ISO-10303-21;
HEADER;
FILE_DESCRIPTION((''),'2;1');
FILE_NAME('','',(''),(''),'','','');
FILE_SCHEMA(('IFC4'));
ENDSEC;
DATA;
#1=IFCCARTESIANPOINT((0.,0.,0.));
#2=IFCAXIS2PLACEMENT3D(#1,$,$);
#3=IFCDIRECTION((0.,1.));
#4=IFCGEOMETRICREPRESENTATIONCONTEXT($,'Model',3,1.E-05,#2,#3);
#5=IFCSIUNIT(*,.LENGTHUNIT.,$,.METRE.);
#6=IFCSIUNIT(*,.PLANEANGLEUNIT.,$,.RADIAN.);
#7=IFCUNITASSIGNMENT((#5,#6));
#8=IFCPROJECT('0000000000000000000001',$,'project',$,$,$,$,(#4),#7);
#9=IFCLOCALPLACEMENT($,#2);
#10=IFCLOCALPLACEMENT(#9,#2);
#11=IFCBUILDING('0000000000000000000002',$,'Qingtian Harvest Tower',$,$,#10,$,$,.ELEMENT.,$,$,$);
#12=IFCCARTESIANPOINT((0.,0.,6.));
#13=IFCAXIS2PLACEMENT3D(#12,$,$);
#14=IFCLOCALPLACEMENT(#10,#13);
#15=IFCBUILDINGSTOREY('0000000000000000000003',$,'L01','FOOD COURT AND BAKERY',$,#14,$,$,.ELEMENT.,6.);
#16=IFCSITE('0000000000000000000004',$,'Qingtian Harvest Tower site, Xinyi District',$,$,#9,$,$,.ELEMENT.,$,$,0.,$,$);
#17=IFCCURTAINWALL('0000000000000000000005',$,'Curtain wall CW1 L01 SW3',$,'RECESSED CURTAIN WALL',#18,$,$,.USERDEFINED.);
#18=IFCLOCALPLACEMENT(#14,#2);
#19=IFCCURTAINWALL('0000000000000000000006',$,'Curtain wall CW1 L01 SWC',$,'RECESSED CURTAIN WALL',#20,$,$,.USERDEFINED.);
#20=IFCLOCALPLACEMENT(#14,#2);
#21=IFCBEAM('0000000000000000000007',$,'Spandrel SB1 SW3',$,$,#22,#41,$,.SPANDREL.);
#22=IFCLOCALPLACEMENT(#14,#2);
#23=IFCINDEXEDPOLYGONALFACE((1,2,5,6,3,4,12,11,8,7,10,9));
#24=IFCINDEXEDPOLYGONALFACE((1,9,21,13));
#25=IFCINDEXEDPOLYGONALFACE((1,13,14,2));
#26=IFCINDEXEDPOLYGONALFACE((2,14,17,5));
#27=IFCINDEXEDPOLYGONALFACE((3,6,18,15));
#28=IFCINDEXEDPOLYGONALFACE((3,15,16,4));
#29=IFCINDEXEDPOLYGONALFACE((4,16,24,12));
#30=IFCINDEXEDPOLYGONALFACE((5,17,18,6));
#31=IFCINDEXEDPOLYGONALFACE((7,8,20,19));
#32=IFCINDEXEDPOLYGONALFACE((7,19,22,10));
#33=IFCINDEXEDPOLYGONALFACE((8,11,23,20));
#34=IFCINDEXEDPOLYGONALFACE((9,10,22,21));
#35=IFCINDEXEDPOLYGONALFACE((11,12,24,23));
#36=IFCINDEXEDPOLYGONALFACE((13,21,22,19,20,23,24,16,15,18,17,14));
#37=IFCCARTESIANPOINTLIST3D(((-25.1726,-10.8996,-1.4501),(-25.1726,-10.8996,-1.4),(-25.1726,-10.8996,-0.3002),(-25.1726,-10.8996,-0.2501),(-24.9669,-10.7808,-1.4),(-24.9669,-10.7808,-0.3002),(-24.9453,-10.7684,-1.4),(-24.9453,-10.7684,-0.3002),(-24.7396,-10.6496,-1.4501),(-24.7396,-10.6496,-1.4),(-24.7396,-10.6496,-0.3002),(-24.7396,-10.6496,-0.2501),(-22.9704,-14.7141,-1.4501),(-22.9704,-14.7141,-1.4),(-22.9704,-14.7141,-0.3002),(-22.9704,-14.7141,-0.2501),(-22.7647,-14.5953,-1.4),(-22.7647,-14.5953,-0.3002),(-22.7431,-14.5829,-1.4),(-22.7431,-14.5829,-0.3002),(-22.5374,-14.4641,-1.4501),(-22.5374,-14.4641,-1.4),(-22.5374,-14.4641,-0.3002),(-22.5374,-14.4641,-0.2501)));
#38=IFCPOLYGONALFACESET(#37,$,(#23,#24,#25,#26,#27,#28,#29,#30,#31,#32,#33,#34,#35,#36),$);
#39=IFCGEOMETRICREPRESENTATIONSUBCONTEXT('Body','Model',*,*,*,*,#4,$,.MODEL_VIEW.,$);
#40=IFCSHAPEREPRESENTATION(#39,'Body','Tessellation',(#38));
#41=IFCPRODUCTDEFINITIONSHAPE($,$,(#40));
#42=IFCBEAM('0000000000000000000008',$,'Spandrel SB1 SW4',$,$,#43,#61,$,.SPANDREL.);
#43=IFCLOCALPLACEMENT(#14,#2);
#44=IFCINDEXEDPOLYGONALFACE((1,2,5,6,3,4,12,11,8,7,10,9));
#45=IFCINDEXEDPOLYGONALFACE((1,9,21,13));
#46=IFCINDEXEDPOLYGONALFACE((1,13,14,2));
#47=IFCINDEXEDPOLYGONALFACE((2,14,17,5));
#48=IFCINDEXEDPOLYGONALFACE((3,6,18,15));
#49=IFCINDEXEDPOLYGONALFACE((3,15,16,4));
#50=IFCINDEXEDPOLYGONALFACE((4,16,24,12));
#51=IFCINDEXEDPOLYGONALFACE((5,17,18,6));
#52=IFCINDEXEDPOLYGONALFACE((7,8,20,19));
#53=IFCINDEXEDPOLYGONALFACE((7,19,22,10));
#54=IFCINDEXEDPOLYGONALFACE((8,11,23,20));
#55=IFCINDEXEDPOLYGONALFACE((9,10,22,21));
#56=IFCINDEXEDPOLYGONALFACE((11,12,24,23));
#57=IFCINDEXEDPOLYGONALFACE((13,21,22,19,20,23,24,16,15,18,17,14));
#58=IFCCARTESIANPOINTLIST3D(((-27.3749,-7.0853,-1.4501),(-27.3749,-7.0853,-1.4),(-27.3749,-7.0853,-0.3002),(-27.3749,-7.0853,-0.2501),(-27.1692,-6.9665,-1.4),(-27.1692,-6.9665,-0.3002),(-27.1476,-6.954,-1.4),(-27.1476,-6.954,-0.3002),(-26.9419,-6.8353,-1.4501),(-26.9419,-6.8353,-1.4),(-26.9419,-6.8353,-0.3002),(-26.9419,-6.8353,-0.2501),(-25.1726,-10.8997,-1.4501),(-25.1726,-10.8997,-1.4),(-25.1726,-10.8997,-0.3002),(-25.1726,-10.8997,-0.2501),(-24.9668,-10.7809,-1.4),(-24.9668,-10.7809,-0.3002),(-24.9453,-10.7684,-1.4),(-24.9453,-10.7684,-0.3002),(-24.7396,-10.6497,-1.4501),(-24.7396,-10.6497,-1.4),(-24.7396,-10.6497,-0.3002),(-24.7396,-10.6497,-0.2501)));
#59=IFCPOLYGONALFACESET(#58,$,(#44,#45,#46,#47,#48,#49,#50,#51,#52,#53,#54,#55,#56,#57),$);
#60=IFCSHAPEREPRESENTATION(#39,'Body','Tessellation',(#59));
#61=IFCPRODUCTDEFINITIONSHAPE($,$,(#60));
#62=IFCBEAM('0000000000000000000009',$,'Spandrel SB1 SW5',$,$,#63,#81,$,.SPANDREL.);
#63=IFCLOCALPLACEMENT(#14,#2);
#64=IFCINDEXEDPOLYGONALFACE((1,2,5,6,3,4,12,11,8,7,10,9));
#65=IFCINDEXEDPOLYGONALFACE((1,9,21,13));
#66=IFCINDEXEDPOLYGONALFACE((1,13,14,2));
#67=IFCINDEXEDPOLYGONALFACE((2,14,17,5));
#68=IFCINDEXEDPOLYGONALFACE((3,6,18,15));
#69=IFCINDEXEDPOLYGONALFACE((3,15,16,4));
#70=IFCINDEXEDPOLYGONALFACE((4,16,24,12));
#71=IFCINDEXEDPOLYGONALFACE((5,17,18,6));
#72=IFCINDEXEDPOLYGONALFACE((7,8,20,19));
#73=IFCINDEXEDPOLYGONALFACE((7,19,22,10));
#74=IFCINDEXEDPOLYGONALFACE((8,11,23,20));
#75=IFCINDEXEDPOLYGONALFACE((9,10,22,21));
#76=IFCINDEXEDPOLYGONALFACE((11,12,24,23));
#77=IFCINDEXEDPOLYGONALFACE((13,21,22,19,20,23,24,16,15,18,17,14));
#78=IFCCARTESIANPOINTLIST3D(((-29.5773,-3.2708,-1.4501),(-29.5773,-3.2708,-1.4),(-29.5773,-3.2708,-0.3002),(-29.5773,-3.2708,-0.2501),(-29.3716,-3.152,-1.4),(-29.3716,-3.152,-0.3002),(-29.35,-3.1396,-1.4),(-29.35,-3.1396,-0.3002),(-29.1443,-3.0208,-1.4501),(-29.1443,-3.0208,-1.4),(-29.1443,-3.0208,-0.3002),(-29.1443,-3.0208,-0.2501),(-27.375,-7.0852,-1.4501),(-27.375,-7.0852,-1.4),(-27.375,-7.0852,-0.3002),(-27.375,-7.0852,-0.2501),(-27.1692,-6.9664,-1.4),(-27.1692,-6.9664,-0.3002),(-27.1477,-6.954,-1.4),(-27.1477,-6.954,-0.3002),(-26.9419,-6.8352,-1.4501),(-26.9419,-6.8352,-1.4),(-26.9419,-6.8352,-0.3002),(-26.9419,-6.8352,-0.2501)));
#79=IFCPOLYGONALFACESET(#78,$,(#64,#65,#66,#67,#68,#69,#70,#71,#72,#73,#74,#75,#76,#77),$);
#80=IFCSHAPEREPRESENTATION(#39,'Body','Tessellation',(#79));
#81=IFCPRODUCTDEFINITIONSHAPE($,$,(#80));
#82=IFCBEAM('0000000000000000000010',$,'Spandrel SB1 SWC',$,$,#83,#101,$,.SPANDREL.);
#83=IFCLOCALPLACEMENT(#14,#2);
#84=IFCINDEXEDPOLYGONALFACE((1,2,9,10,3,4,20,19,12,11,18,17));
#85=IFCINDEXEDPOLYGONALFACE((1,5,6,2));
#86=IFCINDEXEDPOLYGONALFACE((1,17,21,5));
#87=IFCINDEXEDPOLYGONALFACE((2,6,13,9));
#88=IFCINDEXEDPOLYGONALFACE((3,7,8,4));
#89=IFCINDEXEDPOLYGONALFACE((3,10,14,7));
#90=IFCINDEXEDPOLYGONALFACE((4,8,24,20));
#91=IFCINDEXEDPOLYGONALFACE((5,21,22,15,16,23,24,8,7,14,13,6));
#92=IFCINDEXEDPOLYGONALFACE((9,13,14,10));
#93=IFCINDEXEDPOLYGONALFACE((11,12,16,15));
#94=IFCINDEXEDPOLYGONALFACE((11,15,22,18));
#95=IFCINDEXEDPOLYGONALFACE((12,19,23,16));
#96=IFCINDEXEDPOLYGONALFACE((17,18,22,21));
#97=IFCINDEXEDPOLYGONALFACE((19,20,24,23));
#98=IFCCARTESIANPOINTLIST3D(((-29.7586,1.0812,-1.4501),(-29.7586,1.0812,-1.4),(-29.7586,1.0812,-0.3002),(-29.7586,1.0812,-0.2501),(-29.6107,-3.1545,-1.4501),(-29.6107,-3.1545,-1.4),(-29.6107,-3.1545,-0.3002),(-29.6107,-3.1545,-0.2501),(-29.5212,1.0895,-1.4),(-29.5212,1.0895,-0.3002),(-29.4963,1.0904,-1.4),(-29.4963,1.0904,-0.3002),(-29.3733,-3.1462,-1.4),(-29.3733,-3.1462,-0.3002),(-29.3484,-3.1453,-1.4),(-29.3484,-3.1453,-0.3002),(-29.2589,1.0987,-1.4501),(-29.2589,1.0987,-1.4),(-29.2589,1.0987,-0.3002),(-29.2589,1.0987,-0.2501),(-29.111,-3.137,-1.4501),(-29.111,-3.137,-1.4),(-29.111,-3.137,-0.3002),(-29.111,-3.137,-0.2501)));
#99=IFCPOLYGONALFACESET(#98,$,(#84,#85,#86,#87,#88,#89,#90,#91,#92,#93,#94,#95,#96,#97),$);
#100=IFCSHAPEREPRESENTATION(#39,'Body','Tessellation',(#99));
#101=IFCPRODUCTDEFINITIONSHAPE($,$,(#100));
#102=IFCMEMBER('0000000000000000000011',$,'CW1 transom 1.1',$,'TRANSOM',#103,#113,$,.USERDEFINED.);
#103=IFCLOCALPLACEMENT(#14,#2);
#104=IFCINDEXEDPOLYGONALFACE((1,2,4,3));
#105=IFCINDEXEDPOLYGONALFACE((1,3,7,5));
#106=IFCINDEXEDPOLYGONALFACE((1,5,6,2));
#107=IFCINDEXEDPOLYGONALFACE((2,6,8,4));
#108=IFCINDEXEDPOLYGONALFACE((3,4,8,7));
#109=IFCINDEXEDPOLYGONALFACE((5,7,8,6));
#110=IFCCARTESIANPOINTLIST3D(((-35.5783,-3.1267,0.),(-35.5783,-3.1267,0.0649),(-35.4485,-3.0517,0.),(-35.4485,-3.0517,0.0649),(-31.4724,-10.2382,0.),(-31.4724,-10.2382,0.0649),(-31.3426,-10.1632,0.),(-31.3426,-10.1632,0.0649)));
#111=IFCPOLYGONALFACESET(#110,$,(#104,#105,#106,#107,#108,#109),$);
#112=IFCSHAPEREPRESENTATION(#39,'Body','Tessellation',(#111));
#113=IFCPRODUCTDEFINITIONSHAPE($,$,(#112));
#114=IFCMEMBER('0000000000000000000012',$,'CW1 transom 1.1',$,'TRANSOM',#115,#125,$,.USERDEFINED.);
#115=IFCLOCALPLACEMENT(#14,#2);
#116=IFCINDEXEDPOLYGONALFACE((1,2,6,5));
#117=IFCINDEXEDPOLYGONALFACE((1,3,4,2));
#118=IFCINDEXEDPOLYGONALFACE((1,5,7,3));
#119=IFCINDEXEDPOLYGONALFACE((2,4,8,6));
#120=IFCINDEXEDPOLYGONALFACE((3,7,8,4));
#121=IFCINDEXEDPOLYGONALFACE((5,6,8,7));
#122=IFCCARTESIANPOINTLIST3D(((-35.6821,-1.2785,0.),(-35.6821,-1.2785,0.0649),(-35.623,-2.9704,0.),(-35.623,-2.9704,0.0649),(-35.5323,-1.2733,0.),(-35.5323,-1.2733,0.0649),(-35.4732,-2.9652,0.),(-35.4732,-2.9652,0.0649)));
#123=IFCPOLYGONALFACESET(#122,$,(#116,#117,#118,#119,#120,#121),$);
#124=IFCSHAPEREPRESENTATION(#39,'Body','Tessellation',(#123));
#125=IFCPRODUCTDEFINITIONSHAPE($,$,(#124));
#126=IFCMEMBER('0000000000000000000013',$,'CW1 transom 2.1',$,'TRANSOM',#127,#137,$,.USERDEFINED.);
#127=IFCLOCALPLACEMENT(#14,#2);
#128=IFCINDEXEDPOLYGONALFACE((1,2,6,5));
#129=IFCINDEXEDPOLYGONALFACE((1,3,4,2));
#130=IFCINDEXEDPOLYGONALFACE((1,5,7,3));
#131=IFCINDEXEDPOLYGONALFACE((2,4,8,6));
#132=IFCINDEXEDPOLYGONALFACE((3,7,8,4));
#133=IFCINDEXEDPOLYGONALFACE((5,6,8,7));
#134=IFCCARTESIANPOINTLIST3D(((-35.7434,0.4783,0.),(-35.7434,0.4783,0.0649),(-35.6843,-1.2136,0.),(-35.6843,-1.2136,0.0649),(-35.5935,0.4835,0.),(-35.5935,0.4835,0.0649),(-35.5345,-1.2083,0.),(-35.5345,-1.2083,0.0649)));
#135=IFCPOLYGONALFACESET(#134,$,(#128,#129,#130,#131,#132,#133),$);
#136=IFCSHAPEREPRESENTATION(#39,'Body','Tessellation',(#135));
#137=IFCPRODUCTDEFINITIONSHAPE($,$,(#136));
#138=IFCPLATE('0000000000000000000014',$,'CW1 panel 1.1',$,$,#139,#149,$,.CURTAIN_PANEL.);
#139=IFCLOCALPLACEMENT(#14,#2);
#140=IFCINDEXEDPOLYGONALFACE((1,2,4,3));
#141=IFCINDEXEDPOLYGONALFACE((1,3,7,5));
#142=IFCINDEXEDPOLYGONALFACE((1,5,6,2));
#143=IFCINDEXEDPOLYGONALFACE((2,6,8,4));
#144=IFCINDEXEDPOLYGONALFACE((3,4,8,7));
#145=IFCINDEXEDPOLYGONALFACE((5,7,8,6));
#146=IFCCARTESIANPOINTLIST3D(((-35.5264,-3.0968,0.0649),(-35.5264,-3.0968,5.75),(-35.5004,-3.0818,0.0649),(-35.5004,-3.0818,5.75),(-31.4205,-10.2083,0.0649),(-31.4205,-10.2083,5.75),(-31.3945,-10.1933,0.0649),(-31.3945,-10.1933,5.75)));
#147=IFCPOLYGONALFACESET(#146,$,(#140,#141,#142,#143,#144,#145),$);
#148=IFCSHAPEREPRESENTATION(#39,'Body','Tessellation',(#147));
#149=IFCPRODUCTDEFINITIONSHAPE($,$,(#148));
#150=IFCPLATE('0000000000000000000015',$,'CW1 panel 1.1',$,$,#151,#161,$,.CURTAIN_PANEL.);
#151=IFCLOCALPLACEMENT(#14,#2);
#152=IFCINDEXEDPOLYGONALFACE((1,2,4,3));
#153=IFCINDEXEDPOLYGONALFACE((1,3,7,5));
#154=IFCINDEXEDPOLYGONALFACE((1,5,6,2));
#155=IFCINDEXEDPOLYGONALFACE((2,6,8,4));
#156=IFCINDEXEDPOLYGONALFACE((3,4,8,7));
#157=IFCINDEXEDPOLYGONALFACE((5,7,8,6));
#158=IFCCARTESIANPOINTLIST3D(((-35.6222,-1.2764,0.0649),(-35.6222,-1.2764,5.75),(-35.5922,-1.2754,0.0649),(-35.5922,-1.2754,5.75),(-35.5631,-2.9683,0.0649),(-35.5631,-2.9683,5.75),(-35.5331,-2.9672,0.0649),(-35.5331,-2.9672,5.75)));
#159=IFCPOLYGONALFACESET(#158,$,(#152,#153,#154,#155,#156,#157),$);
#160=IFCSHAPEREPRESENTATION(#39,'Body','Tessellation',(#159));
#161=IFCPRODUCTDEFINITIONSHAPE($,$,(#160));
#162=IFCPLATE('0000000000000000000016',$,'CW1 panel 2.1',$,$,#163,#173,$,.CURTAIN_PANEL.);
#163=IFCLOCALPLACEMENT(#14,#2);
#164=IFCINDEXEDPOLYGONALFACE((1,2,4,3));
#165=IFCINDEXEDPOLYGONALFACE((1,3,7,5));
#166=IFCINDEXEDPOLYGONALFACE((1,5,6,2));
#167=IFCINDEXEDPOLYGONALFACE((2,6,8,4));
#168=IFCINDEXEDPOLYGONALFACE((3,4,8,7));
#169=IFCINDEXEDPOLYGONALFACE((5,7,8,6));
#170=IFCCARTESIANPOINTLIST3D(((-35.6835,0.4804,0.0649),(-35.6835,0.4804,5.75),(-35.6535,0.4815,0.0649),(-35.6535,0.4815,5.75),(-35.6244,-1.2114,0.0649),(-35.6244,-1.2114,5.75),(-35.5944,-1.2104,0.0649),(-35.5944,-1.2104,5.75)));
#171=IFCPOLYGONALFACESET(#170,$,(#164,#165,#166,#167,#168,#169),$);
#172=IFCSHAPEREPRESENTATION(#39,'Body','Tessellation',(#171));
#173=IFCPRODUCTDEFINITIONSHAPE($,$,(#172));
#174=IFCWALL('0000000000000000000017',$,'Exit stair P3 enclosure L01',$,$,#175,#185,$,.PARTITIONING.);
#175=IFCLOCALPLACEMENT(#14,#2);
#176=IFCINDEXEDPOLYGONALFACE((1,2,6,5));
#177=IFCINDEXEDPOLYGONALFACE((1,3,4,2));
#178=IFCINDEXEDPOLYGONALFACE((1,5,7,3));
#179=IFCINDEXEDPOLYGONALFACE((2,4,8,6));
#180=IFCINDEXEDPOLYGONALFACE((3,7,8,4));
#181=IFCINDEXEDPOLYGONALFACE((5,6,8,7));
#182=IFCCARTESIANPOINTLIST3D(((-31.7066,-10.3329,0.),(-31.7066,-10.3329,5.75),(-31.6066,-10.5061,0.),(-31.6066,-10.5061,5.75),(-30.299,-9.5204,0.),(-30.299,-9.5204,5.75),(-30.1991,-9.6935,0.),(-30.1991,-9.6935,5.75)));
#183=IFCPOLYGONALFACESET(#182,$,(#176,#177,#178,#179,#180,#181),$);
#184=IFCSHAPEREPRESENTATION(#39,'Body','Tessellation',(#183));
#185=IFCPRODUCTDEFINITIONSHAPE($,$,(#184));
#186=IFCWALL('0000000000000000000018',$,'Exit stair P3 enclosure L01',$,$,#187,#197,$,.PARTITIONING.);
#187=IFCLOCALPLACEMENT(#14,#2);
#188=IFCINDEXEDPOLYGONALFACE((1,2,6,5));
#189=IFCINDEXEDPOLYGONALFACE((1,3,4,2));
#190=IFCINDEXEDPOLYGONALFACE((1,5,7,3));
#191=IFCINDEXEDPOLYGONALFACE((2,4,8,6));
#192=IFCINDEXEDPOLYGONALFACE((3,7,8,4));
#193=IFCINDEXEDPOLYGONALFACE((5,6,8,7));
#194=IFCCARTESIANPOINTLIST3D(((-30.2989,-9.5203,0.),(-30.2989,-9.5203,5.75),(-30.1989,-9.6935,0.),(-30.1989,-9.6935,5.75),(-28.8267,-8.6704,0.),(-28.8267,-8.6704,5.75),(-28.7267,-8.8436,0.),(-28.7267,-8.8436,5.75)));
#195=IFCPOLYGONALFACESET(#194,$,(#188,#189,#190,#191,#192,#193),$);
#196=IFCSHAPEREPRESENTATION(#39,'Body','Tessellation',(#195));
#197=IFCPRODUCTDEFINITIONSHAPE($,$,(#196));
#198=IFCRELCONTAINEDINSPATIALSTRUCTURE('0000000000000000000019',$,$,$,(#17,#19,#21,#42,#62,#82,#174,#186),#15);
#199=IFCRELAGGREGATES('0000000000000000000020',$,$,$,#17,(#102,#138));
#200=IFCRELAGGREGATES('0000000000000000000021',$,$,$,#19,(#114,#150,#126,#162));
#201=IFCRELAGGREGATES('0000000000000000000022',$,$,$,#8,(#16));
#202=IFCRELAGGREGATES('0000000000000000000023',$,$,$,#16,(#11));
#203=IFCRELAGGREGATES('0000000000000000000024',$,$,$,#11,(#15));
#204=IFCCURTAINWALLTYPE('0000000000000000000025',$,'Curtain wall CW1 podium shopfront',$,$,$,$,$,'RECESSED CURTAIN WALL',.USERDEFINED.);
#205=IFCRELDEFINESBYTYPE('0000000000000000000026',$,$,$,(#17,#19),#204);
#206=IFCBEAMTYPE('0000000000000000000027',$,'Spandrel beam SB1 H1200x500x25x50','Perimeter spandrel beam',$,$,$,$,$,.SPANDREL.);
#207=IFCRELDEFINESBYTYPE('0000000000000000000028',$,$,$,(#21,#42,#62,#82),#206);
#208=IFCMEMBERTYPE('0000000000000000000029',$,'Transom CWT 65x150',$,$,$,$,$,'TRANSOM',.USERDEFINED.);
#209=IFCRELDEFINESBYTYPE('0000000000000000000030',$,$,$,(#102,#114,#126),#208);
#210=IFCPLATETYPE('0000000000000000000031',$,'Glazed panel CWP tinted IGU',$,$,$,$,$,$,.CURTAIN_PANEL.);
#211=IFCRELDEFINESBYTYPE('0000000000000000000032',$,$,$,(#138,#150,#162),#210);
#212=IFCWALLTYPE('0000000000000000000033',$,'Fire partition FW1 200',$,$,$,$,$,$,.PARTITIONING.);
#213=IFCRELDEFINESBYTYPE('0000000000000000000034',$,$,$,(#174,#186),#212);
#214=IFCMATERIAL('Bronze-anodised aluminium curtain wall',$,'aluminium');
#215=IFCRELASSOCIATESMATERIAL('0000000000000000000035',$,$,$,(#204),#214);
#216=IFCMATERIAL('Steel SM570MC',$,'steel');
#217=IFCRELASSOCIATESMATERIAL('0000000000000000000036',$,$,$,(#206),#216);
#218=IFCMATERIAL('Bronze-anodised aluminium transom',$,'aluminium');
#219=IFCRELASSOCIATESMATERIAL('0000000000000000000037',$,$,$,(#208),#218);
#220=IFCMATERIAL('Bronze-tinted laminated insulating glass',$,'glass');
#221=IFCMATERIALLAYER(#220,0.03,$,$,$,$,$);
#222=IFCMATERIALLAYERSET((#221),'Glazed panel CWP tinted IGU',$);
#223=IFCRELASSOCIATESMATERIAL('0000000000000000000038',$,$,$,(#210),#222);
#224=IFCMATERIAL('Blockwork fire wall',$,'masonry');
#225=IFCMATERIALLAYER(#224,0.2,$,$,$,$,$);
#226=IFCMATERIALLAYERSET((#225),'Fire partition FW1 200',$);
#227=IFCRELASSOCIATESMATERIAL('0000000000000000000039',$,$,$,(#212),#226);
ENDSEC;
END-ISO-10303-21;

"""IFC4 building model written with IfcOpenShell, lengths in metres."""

from ifc_helpers import new_model, si_unit, direction, frame, frame_2d, origin, origin_2d, place, context, subcontext, project, spatial, rectangle, i_section, extrude, material, layer, layer_set, material_profile, profile_set, type_object, element, aggregate, save


model = new_model("IFC4")

# Units and contexts
model_context = context("Model", 3, precision=1e-05, world=origin(), true_north=direction((0.0, 1.0)))
body_context = subcontext(model_context, "Body", "Model", "MODEL_VIEW")
ifc_project = project(units=[si_unit("LENGTHUNIT", "METRE"), si_unit("PLANEANGLEUNIT", "RADIAN")], contexts=[model_context])

# Site, building, storey
site_placement = place(None, origin())
site = spatial("IfcSite", under=ifc_project, at=site_placement, Name="Qingtian Harvest Tower site, Xinyi District", CompositionType="ELEMENT", RefElevation=0.0)
building_placement = place(site_placement, origin())
building = spatial("IfcBuilding", under=site, at=building_placement, Name="Qingtian Harvest Tower", CompositionType="ELEMENT")
storey_placement = place(building_placement, frame((0.0, 0.0, 6.0)))
storey = spatial("IfcBuildingStorey", under=building, at=storey_placement, Name="L01", Description="FOOD COURT AND BAKERY", CompositionType="ELEMENT", Elevation=6.0)

# Curtain walls
ifc_material_1 = material(Name="Bronze-anodised aluminium curtain wall", Category="aluminium")
curtain_wall_type = type_object("IfcCurtainWallType", Name="Curtain wall CW1 podium shopfront", ElementType="RECESSED CURTAIN WALL", PredefinedType="USERDEFINED", material=ifc_material_1)
curtain_wall_1_placement = place(storey_placement, origin())
curtain_wall_1 = element("IfcCurtainWall", 1, at=curtain_wall_1_placement, inside=storey, type_object=curtain_wall_type, Name="Curtain wall CW1 L01 SW3", ObjectType="RECESSED CURTAIN WALL", PredefinedType="USERDEFINED")
curtain_wall_2_placement = place(storey_placement, origin())
curtain_wall_2 = element("IfcCurtainWall", 2, at=curtain_wall_2_placement, inside=storey, type_object=curtain_wall_type, Name="Curtain wall CW1 L01 SWC", ObjectType="RECESSED CURTAIN WALL", PredefinedType="USERDEFINED")

# Beams
ifc_material_2 = material(Name="Steel SM570MC", Category="steel")
ifc_material_profile_1 = material_profile(ifc_material_2, i_section(OverallWidth=0.5, OverallDepth=1.2, WebThickness=0.0249, FlangeThickness=0.05, at=origin_2d()), Name="H1200x500x25x50")
ifc_profile_set_1 = profile_set([ifc_material_profile_1], Name="Steel SM570MC")
beam_type_1 = type_object("IfcBeamType", Name="Spandrel beam SB1 H1200x500x25x50", Description="Perimeter spandrel beam", PredefinedType="SPANDREL", material=ifc_profile_set_1)
for number, where, z_axis, x_axis, name in (
    (3, (-22.7539, -14.5891, -0.8501), (-0.499978, 0.866038, 0.0), (-0.866038, -0.499978, 0.0), "Spandrel SB1 SW3"),
    (4, (-24.9561, -10.7747, -0.8501), (-0.50002, 0.866014, 0.0), (-0.866014, -0.50002, 0.0), "Spandrel SB1 SW4"),
    (5, (-27.1584, -6.9602, -0.8501), (-0.50002, 0.866014, 0.0), (-0.866014, -0.50002, 0.0), "Spandrel SB1 SW5"),
):
    element("IfcBeam", number, at=place(storey_placement, frame(where, z_axis=z_axis, x_axis=x_axis)), inside=storey, type_object=beam_type_1, Name=name, PredefinedType="SPANDREL", context=body_context, shape_type="SweptSolid", body=[
        extrude(i_section(OverallWidth=0.5, OverallDepth=1.2, WebThickness=0.0249, FlangeThickness=0.05, at=origin_2d()), origin(), (0.0, 0.0, 1.0), 4.4045),
    ])
beam_1_placement = place(storey_placement, frame((-29.3608, -3.1458, -0.8501), z_axis=(-0.034909, 0.999391, 0.0), x_axis=(-0.999391, -0.034909, 0.0)))
element("IfcBeam", 6, at=beam_1_placement, inside=storey, type_object=beam_type_1, Name="Spandrel SB1 SWC", PredefinedType="SPANDREL", context=body_context, shape_type="SweptSolid", body=[
    extrude(i_section(OverallWidth=0.5, OverallDepth=1.2, WebThickness=0.0249, FlangeThickness=0.05, at=origin_2d()), origin(), (0.0, 0.0, 1.0), 4.2383),
])

# Members
ifc_material_3 = material(Name="Bronze-anodised aluminium transom", Category="aluminium")
ifc_material_profile_2 = material_profile(ifc_material_3, rectangle(XDim=0.1499, YDim=0.0649, at=origin_2d()), Name="AL 65x150")
ifc_profile_set_2 = profile_set([ifc_material_profile_2], Name="Bronze-anodised aluminium transom")
member_type_1 = type_object("IfcMemberType", Name="Transom CWT 65x150", ElementType="TRANSOM", PredefinedType="USERDEFINED", material=ifc_profile_set_2)
member_1_placement = place(storey_placement, frame((-31.4075, -10.2007, 0.0325), z_axis=(-0.500008, 0.866021, 0.0), x_axis=(-0.866021, -0.500008, 0.0)))
member_1 = element("IfcMember", 7, at=member_1_placement, type_object=member_type_1, Name="CW1 transom 1.1", ObjectType="TRANSOM", PredefinedType="USERDEFINED", context=body_context, shape_type="SweptSolid", body=[
    extrude(rectangle(XDim=0.1499, YDim=0.0649, at=origin_2d()), origin(), (0.0, 0.0, 1.0), 8.2117),
])
member_2_placement = place(storey_placement, frame((-35.5481, -2.9678, 0.0325), z_axis=(-0.034899, 0.999391, 0.0), x_axis=(-0.999391, -0.034899, 0.0)))
member_2 = element("IfcMember", 8, at=member_2_placement, type_object=member_type_1, Name="CW1 transom 1.1", ObjectType="TRANSOM", PredefinedType="USERDEFINED", context=body_context, shape_type="SweptSolid", body=[
    extrude(rectangle(XDim=0.1499, YDim=0.0649, at=origin_2d()), origin(), (0.0, 0.0, 1.0), 1.6929),
])
member_3_placement = place(storey_placement, frame((-35.6094, -1.2109, 0.0325), z_axis=(-0.034899, 0.999391, 0.0), x_axis=(-0.999391, -0.034899, 0.0)))
member_3 = element("IfcMember", 9, at=member_3_placement, type_object=member_type_1, Name="CW1 transom 2.1", ObjectType="TRANSOM", PredefinedType="USERDEFINED", context=body_context, shape_type="SweptSolid", body=[
    extrude(rectangle(XDim=0.1499, YDim=0.0649, at=origin_2d()), origin(), (0.0, 0.0, 1.0), 1.6929),
])

# Plates
ifc_material_4 = material(Name="Bronze-tinted laminated insulating glass", Category="glass")
ifc_layer_1 = layer(ifc_material_4, 0.03)
ifc_layer_set_1 = layer_set([ifc_layer_1], Name="Glazed panel CWP tinted IGU")
plate_type = type_object("IfcPlateType", Name="Glazed panel CWP tinted IGU", PredefinedType="CURTAIN_PANEL", material=ifc_layer_set_1)
plate_1_placement = place(storey_placement, frame((-33.4604, -6.645, 0.0649), z_axis=(0.0, 0.0, 1.0), x_axis=(-0.5, 0.866025, 0.0)))
plate_1 = element("IfcPlate", 10, at=plate_1_placement, type_object=plate_type, Name="CW1 panel 1.1", PredefinedType="CURTAIN_PANEL", context=body_context, shape_type="SweptSolid", body=[
    extrude(rectangle(XDim=8.2117, YDim=0.03, at=origin_2d()), origin(), (0.0, 0.0, 1.0), 5.6851),
])
aggregate(curtain_wall_1, [member_1, plate_1])
plate_2_placement = place(storey_placement, frame((-35.5776, -2.1218, 0.0649), z_axis=(0.0, 0.0, 1.0), x_axis=(-0.034899, 0.999391, 0.0)))
plate_2 = element("IfcPlate", 11, at=plate_2_placement, type_object=plate_type, Name="CW1 panel 1.1", PredefinedType="CURTAIN_PANEL", context=body_context, shape_type="SweptSolid", body=[
    extrude(rectangle(XDim=1.6929, YDim=0.03, at=origin_2d()), origin(), (0.0, 0.0, 1.0), 5.6851),
])
plate_3_placement = place(storey_placement, frame((-35.6389, -0.365, 0.0649), z_axis=(0.0, 0.0, 1.0), x_axis=(-0.034899, 0.999391, 0.0)))
plate_3 = element("IfcPlate", 12, at=plate_3_placement, type_object=plate_type, Name="CW1 panel 2.1", PredefinedType="CURTAIN_PANEL", context=body_context, shape_type="SweptSolid", body=[
    extrude(rectangle(XDim=1.6929, YDim=0.03, at=origin_2d()), origin(), (0.0, 0.0, 1.0), 5.6851),
])
aggregate(curtain_wall_2, [member_2, plate_2, member_3, plate_3])

# Walls
ifc_material_5 = material(Name="Blockwork fire wall", Category="masonry")
ifc_layer_2 = layer(ifc_material_5, 0.2)
ifc_layer_set_2 = layer_set([ifc_layer_2], Name="Fire partition FW1 200")
wall_type = type_object("IfcWallType", Name="Fire partition FW1 200", PredefinedType="PARTITIONING", material=ifc_layer_set_2)
wall_1_placement = place(storey_placement, frame((-31.6565, -10.4194, 0.0), z_axis=(0.0, 0.0, 1.0), x_axis=(0.866053, 0.499952, 0.0)))
element("IfcWall", 13, at=wall_1_placement, inside=storey, type_object=wall_type, Name="Exit stair P3 enclosure L01", PredefinedType="PARTITIONING", context=body_context, shape_type="SweptSolid", body=[
    extrude(rectangle(XDim=1.6252, YDim=0.2, at=frame_2d((0.8125, 0.0))), origin(), (0.0, 0.0, 1.0), 5.75),
])
wall_2_placement = place(storey_placement, frame((-30.249, -9.6069, 0.0), z_axis=(0.0, 0.0, 1.0), x_axis=(0.866052, 0.499955, 0.0)))
element("IfcWall", 14, at=wall_2_placement, inside=storey, type_object=wall_type, Name="Exit stair P3 enclosure L01", PredefinedType="PARTITIONING", context=body_context, shape_type="SweptSolid", body=[
    extrude(rectangle(XDim=1.7, YDim=0.2, at=frame_2d((0.8501, 0.0))), origin(), (0.0, 0.0, 1.0), 5.75),
])

save(model, "model.ifc")
